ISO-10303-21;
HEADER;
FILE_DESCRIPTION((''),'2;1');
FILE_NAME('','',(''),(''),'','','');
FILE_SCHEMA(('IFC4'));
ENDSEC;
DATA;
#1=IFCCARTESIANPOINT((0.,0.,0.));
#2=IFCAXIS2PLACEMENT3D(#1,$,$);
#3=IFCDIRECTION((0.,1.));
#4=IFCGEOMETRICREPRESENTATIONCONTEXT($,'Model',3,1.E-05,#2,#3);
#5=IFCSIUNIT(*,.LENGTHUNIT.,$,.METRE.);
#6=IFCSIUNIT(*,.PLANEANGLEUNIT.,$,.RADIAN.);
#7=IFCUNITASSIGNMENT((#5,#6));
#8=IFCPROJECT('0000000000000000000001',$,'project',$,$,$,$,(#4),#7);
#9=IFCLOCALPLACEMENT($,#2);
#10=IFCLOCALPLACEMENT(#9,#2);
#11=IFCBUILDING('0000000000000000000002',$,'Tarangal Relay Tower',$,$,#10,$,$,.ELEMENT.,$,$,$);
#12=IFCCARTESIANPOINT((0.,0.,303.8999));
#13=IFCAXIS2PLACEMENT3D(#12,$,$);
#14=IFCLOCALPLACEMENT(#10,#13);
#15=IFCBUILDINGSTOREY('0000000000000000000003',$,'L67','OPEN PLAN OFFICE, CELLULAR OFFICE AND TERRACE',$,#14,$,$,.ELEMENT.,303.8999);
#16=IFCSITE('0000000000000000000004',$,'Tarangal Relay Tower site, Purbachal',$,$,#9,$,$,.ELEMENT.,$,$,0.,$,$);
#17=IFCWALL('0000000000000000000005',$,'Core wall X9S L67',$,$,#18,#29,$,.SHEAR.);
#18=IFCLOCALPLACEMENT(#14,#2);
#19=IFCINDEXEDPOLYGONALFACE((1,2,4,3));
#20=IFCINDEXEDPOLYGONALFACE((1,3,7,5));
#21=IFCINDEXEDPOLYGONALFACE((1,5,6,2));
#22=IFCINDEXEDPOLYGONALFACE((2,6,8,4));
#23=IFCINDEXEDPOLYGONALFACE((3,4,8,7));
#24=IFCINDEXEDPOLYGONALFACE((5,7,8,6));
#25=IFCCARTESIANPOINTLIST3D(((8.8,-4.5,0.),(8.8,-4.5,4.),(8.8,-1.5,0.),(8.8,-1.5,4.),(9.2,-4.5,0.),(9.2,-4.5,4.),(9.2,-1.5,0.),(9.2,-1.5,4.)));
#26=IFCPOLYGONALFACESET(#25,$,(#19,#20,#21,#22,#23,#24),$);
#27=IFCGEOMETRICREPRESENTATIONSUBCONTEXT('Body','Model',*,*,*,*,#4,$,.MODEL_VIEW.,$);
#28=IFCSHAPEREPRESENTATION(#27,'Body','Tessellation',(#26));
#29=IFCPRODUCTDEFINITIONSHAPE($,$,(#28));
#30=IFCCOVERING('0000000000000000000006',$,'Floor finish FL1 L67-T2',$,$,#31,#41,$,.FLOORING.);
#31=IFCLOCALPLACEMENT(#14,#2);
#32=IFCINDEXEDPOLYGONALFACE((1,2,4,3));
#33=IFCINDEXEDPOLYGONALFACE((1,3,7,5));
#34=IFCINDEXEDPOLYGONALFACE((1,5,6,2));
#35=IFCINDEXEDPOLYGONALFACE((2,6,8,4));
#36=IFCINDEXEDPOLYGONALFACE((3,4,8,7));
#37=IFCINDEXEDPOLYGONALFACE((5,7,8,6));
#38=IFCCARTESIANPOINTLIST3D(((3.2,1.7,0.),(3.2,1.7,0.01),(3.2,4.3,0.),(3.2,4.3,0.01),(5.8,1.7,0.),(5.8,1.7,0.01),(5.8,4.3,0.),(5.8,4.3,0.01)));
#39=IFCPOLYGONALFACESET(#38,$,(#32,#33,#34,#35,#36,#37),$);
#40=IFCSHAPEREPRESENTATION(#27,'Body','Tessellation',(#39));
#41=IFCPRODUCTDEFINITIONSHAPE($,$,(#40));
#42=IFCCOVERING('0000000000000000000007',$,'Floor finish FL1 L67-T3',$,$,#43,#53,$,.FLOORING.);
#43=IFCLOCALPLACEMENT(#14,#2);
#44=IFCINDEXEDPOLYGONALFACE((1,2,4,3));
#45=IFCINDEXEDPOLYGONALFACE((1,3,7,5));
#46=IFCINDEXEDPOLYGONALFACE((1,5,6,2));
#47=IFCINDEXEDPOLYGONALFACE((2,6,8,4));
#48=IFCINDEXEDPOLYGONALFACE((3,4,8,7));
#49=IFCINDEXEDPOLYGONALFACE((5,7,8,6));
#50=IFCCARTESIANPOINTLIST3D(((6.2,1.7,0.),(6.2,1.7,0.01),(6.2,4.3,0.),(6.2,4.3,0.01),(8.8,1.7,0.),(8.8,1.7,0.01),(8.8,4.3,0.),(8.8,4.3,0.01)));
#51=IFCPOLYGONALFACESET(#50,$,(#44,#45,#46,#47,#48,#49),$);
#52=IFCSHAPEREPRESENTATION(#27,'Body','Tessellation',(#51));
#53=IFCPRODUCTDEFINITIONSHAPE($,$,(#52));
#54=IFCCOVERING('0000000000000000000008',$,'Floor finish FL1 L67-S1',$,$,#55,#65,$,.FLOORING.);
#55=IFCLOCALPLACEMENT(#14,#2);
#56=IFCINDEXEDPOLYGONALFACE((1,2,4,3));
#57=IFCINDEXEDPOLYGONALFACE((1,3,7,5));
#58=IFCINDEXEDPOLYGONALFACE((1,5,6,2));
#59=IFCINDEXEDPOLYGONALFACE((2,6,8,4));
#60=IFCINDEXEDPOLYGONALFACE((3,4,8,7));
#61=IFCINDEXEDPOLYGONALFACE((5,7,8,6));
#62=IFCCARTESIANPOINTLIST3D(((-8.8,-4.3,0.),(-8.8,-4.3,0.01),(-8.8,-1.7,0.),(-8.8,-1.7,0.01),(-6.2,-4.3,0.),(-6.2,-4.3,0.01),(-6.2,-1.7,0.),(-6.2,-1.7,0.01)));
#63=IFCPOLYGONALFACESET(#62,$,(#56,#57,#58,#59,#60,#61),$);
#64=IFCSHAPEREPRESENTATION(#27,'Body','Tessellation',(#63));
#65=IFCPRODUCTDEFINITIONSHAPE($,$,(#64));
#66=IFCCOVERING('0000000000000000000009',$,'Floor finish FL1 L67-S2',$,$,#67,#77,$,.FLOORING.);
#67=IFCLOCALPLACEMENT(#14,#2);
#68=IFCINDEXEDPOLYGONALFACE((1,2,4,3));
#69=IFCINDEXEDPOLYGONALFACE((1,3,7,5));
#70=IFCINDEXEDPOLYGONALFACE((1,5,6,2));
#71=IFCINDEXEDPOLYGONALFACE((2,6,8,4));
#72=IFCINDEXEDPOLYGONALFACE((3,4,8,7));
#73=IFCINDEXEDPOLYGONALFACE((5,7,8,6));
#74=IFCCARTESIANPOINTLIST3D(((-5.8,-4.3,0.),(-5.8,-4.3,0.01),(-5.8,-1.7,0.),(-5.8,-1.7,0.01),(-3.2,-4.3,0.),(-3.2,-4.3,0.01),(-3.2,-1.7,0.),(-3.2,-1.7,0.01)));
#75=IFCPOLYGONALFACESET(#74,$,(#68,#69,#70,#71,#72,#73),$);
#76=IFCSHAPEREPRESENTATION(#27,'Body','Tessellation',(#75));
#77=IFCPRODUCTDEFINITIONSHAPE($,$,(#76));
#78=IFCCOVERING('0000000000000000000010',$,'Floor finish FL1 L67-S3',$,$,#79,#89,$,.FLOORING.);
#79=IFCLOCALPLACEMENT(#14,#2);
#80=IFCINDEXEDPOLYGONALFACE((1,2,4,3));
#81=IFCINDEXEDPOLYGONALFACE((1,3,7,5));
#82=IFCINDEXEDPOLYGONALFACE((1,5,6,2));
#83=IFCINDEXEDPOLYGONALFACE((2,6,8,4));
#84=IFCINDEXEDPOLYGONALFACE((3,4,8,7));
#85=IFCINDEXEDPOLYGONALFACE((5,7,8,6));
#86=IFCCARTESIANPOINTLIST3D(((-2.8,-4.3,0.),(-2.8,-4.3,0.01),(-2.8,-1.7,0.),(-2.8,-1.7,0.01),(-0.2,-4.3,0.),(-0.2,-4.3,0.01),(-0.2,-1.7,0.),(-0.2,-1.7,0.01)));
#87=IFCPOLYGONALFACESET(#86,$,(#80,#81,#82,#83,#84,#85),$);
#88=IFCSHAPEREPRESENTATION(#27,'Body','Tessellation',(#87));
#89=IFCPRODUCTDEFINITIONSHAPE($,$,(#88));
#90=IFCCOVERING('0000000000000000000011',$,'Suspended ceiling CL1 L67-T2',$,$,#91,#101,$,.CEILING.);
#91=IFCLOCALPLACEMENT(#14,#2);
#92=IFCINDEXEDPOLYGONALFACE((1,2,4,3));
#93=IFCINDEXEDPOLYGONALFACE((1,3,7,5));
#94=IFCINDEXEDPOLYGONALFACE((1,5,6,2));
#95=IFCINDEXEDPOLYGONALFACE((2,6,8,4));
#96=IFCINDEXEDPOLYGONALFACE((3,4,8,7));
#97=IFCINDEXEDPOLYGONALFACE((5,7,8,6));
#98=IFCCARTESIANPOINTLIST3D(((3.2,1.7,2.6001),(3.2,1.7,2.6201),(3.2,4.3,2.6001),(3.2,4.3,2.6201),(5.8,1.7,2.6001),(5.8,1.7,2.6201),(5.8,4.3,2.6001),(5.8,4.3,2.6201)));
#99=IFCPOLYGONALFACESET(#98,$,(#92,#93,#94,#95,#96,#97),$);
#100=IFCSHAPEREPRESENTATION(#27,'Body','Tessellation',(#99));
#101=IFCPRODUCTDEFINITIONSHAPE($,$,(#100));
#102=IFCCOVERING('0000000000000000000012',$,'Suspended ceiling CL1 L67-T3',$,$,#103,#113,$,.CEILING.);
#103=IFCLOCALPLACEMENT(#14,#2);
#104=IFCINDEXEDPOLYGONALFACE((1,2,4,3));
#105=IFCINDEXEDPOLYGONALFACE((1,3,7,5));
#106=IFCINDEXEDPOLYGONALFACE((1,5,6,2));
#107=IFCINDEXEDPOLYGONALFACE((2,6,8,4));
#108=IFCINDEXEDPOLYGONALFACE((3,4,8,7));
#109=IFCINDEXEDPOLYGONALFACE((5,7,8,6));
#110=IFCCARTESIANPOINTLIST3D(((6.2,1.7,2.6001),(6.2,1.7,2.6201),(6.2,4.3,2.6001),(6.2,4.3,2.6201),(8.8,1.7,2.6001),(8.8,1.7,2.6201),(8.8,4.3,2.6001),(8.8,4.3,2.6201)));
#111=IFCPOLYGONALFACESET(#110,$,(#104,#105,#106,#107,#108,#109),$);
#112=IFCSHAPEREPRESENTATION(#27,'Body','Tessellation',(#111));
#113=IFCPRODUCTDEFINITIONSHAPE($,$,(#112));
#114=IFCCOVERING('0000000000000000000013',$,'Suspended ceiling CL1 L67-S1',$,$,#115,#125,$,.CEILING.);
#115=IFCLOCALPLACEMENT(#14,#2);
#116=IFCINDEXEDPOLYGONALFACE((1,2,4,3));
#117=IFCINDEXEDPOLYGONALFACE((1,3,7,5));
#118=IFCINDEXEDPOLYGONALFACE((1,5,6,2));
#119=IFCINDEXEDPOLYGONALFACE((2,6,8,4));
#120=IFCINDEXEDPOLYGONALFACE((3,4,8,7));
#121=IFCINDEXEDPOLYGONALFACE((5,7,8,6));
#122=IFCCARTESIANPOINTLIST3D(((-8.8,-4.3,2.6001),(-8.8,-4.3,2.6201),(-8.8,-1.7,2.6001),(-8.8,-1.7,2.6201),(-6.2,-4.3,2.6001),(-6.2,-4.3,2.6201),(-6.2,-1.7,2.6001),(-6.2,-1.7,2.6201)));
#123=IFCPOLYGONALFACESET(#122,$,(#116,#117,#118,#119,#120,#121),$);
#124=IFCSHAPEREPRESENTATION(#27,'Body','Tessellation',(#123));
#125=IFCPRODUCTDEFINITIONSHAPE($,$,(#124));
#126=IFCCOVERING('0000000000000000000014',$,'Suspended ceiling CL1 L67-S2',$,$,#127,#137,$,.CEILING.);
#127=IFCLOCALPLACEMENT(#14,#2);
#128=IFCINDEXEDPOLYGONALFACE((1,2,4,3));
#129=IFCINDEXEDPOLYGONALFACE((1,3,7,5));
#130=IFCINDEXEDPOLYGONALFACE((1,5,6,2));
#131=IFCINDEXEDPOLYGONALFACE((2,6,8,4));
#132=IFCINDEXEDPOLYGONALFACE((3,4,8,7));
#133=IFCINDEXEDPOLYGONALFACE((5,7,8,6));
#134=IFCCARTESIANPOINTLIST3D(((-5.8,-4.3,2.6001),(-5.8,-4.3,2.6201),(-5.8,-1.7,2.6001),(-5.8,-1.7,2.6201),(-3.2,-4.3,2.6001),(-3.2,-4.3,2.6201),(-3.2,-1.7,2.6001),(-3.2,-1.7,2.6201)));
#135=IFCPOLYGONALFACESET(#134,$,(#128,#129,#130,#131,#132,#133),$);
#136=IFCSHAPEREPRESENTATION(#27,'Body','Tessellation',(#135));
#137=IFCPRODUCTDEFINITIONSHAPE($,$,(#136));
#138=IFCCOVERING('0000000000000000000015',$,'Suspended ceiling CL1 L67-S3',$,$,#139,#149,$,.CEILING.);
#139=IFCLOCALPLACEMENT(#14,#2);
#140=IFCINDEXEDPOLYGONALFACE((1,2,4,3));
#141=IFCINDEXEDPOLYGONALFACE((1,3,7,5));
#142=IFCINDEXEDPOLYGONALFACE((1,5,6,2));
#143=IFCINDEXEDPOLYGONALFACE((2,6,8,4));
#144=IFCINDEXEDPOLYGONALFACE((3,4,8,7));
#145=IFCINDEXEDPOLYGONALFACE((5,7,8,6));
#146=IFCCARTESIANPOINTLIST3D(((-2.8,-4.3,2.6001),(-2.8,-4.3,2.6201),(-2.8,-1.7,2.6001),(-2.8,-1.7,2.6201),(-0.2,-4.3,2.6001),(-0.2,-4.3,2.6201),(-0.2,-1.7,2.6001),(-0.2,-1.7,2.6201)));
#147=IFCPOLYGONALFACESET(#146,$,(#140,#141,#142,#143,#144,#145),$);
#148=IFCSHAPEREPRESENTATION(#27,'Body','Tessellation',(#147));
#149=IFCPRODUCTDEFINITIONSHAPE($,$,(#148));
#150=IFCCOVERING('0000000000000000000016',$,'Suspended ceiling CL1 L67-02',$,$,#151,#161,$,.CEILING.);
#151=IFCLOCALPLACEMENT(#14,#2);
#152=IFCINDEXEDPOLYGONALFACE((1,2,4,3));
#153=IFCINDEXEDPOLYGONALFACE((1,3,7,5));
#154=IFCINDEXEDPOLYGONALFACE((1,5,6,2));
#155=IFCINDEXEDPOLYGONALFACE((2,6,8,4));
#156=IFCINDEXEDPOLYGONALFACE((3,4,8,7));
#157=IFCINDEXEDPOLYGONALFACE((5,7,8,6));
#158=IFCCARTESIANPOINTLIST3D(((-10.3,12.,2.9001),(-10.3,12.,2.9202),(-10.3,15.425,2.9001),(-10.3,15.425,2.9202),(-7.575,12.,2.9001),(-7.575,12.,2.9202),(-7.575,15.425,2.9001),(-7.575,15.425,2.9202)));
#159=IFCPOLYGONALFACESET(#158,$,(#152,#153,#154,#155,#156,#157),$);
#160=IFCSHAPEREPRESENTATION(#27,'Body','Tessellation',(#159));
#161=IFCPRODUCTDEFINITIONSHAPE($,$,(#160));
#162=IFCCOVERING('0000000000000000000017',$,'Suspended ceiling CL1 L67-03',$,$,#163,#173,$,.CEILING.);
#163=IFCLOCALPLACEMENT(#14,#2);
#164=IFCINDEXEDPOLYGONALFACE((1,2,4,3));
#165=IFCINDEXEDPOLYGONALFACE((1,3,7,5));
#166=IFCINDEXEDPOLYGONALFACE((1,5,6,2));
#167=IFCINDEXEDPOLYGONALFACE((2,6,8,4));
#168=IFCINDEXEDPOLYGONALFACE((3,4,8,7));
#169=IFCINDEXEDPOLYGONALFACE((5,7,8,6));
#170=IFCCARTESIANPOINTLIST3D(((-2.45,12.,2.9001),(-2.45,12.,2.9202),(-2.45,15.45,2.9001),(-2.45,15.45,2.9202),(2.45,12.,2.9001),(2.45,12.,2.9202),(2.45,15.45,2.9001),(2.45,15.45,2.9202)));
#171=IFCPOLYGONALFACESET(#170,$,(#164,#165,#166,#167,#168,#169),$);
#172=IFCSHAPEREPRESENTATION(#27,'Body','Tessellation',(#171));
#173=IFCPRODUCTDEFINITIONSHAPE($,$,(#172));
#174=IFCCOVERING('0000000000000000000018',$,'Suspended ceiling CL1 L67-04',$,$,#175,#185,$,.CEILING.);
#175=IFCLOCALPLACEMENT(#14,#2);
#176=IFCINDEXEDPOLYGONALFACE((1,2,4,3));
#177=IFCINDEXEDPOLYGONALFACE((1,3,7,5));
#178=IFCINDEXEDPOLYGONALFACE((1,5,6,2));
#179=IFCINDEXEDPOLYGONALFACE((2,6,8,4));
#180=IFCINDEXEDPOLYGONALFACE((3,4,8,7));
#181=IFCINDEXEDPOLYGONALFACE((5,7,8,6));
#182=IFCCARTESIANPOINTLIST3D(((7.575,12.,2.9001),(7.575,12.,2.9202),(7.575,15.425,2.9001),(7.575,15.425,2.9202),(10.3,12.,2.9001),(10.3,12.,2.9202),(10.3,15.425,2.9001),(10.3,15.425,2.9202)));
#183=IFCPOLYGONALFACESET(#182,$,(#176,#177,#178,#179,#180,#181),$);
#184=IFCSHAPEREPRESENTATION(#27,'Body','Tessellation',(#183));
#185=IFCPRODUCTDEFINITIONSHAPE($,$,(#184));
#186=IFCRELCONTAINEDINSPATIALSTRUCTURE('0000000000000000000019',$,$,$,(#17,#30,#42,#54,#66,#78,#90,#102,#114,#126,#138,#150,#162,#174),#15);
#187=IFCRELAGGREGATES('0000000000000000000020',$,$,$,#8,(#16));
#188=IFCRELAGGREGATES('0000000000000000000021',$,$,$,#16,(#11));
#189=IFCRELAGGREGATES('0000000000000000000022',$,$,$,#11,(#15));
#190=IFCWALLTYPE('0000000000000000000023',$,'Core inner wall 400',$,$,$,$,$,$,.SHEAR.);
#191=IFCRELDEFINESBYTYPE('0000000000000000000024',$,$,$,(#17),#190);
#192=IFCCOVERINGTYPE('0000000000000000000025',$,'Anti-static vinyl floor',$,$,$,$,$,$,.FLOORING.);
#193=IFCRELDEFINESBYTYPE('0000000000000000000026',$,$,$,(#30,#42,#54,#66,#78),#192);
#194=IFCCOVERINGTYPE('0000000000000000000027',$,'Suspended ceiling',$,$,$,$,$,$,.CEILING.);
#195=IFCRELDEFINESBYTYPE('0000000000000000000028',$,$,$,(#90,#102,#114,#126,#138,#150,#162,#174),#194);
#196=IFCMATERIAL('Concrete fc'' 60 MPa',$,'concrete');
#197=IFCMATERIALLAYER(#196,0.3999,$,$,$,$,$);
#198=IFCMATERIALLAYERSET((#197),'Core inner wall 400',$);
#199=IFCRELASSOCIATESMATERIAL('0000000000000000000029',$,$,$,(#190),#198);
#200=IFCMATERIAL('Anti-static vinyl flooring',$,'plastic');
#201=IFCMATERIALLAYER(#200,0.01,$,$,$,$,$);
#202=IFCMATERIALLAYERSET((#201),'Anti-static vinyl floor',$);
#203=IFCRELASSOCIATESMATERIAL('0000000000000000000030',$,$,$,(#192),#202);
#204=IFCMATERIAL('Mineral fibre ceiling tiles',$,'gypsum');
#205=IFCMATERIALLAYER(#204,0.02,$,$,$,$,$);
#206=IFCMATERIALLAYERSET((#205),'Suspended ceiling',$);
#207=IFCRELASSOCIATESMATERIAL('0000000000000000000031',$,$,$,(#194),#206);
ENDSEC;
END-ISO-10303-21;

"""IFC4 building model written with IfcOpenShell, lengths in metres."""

from ifc_helpers import new_model, si_unit, direction, frame, frame_2d, origin, place, context, subcontext, project, spatial, polyline, rectangle, outline, extrude, material, layer, layer_set, type_object, element, save


model = new_model("IFC4")

# Units and contexts
model_context = context("Model", 3, precision=1e-05, world=origin(), true_north=direction((0.0, 1.0)))
body_context = subcontext(model_context, "Body", "Model", "MODEL_VIEW")
ifc_project = project(units=[si_unit("LENGTHUNIT", "METRE"), si_unit("PLANEANGLEUNIT", "RADIAN")], contexts=[model_context])

# Site, building, storey
site_placement = place(None, origin())
site = spatial("IfcSite", under=ifc_project, at=site_placement, Name="Tarangal Relay Tower site, Purbachal", CompositionType="ELEMENT", RefElevation=0.0)
building_placement = place(site_placement, origin())
building = spatial("IfcBuilding", under=site, at=building_placement, Name="Tarangal Relay Tower", CompositionType="ELEMENT")
storey_placement = place(building_placement, frame((0.0, 0.0, 303.8999)))
storey = spatial("IfcBuildingStorey", under=building, at=storey_placement, Name="L67", Description="OPEN PLAN OFFICE, CELLULAR OFFICE AND TERRACE", CompositionType="ELEMENT", Elevation=303.8999)

# Wall
ifc_material_1 = material(Name="Concrete fc' 60 MPa", Category="concrete")
ifc_layer_1 = layer(ifc_material_1, 0.3999)
ifc_layer_set_1 = layer_set([ifc_layer_1], Name="Core inner wall 400")
wall_type = type_object("IfcWallType", Name="Core inner wall 400", PredefinedType="SHEAR", material=ifc_layer_set_1)
wall_placement = place(storey_placement, frame((9.0, -4.5, 0.0), z_axis=(0.0, 0.0, 1.0), x_axis=(0.0, 1.0, 0.0)))
element("IfcWall", 1, at=wall_placement, inside=storey, type_object=wall_type, Name="Core wall X9S L67", PredefinedType="SHEAR", context=body_context, shape_type="SweptSolid", body=[
    extrude(rectangle(XDim=3.0, YDim=0.3999, at=frame_2d((1.5, 0.0))), origin(), (0.0, 0.0, 1.0), 4.0),
])

# Coverings
ifc_material_2 = material(Name="Anti-static vinyl flooring", Category="plastic")
ifc_layer_2 = layer(ifc_material_2, 0.01)
ifc_layer_set_2 = layer_set([ifc_layer_2], Name="Anti-static vinyl floor")
covering_type_1 = type_object("IfcCoveringType", Name="Anti-static vinyl floor", PredefinedType="FLOORING", material=ifc_layer_set_2)
covering_1_placement = place(storey_placement, origin())
element("IfcCovering", 2, at=covering_1_placement, inside=storey, type_object=covering_type_1, Name="Floor finish FL1 L67-T2", PredefinedType="FLOORING", context=body_context, shape_type="SweptSolid", body=[
    extrude(outline(polyline([(3.2, 1.7), (5.8, 1.7), (5.8, 4.3), (3.2, 4.3), (3.2, 1.7)])), origin(), (0.0, 0.0, 1.0), 0.01),
])
covering_2_placement = place(storey_placement, origin())
element("IfcCovering", 3, at=covering_2_placement, inside=storey, type_object=covering_type_1, Name="Floor finish FL1 L67-T3", PredefinedType="FLOORING", context=body_context, shape_type="SweptSolid", body=[
    extrude(outline(polyline([(6.2, 1.7), (8.8, 1.7), (8.8, 4.3), (6.2, 4.3), (6.2, 1.7)])), origin(), (0.0, 0.0, 1.0), 0.01),
])
covering_3_placement = place(storey_placement, origin())
element("IfcCovering", 4, at=covering_3_placement, inside=storey, type_object=covering_type_1, Name="Floor finish FL1 L67-S1", PredefinedType="FLOORING", context=body_context, shape_type="SweptSolid", body=[
    extrude(outline(polyline([(-8.8, -4.3), (-6.2, -4.3), (-6.2, -1.7), (-8.8, -1.7), (-8.8, -4.3)])), origin(), (0.0, 0.0, 1.0), 0.01),
])
covering_4_placement = place(storey_placement, origin())
element("IfcCovering", 5, at=covering_4_placement, inside=storey, type_object=covering_type_1, Name="Floor finish FL1 L67-S2", PredefinedType="FLOORING", context=body_context, shape_type="SweptSolid", body=[
    extrude(outline(polyline([(-5.8, -4.3), (-3.2, -4.3), (-3.2, -1.7), (-5.8, -1.7), (-5.8, -4.3)])), origin(), (0.0, 0.0, 1.0), 0.01),
])
covering_5_placement = place(storey_placement, origin())
element("IfcCovering", 6, at=covering_5_placement, inside=storey, type_object=covering_type_1, Name="Floor finish FL1 L67-S3", PredefinedType="FLOORING", context=body_context, shape_type="SweptSolid", body=[
    extrude(outline(polyline([(-2.8, -4.3), (-0.2, -4.3), (-0.2, -1.7), (-2.8, -1.7), (-2.8, -4.3)])), origin(), (0.0, 0.0, 1.0), 0.01),
])
ifc_material_3 = material(Name="Mineral fibre ceiling tiles", Category="gypsum")
ifc_layer_3 = layer(ifc_material_3, 0.02)
ifc_layer_set_3 = layer_set([ifc_layer_3], Name="Suspended ceiling")
covering_type_2 = type_object("IfcCoveringType", Name="Suspended ceiling", PredefinedType="CEILING", material=ifc_layer_set_3)
covering_6_placement = place(storey_placement, frame((0.0, 0.0, 2.6001)))
element("IfcCovering", 7, at=covering_6_placement, inside=storey, type_object=covering_type_2, Name="Suspended ceiling CL1 L67-T2", PredefinedType="CEILING", context=body_context, shape_type="SweptSolid", body=[
    extrude(outline(polyline([(3.2, 1.7), (5.8, 1.7), (5.8, 4.3), (3.2, 4.3), (3.2, 1.7)])), origin(), (0.0, 0.0, 1.0), 0.02),
])
covering_7_placement = place(storey_placement, frame((0.0, 0.0, 2.6001)))
element("IfcCovering", 8, at=covering_7_placement, inside=storey, type_object=covering_type_2, Name="Suspended ceiling CL1 L67-T3", PredefinedType="CEILING", context=body_context, shape_type="SweptSolid", body=[
    extrude(outline(polyline([(6.2, 1.7), (8.8, 1.7), (8.8, 4.3), (6.2, 4.3), (6.2, 1.7)])), origin(), (0.0, 0.0, 1.0), 0.02),
])
covering_8_placement = place(storey_placement, frame((0.0, 0.0, 2.6001)))
element("IfcCovering", 9, at=covering_8_placement, inside=storey, type_object=covering_type_2, Name="Suspended ceiling CL1 L67-S1", PredefinedType="CEILING", context=body_context, shape_type="SweptSolid", body=[
    extrude(outline(polyline([(-8.8, -4.3), (-6.2, -4.3), (-6.2, -1.7), (-8.8, -1.7), (-8.8, -4.3)])), origin(), (0.0, 0.0, 1.0), 0.02),
])
covering_9_placement = place(storey_placement, frame((0.0, 0.0, 2.6001)))
element("IfcCovering", 10, at=covering_9_placement, inside=storey, type_object=covering_type_2, Name="Suspended ceiling CL1 L67-S2", PredefinedType="CEILING", context=body_context, shape_type="SweptSolid", body=[
    extrude(outline(polyline([(-5.8, -4.3), (-3.2, -4.3), (-3.2, -1.7), (-5.8, -1.7), (-5.8, -4.3)])), origin(), (0.0, 0.0, 1.0), 0.02),
])
covering_10_placement = place(storey_placement, frame((0.0, 0.0, 2.6001)))
element("IfcCovering", 11, at=covering_10_placement, inside=storey, type_object=covering_type_2, Name="Suspended ceiling CL1 L67-S3", PredefinedType="CEILING", context=body_context, shape_type="SweptSolid", body=[
    extrude(outline(polyline([(-2.8, -4.3), (-0.2, -4.3), (-0.2, -1.7), (-2.8, -1.7), (-2.8, -4.3)])), origin(), (0.0, 0.0, 1.0), 0.02),
])
covering_11_placement = place(storey_placement, frame((0.0, 0.0, 2.9001)))
element("IfcCovering", 12, at=covering_11_placement, inside=storey, type_object=covering_type_2, Name="Suspended ceiling CL1 L67-02", PredefinedType="CEILING", context=body_context, shape_type="SweptSolid", body=[
    extrude(outline(polyline([(-7.575, 12.0), (-7.575, 15.425), (-10.3, 15.425), (-10.3, 12.0), (-7.575, 12.0)])), origin(), (0.0, 0.0, 1.0), 0.02),
])
covering_12_placement = place(storey_placement, frame((0.0, 0.0, 2.9001)))
element("IfcCovering", 13, at=covering_12_placement, inside=storey, type_object=covering_type_2, Name="Suspended ceiling CL1 L67-03", PredefinedType="CEILING", context=body_context, shape_type="SweptSolid", body=[
    extrude(outline(polyline([(2.45, 12.0), (2.45, 15.45), (-2.45, 15.45), (-2.45, 12.0), (2.45, 12.0)])), origin(), (0.0, 0.0, 1.0), 0.02),
])
covering_13_placement = place(storey_placement, frame((0.0, 0.0, 2.9001)))
element("IfcCovering", 14, at=covering_13_placement, inside=storey, type_object=covering_type_2, Name="Suspended ceiling CL1 L67-04", PredefinedType="CEILING", context=body_context, shape_type="SweptSolid", body=[
    extrude(outline(polyline([(10.3, 12.0), (10.3, 15.425), (7.575, 15.425), (7.575, 12.0), (10.3, 12.0)])), origin(), (0.0, 0.0, 1.0), 0.02),
])

save(model, "model.ifc")
